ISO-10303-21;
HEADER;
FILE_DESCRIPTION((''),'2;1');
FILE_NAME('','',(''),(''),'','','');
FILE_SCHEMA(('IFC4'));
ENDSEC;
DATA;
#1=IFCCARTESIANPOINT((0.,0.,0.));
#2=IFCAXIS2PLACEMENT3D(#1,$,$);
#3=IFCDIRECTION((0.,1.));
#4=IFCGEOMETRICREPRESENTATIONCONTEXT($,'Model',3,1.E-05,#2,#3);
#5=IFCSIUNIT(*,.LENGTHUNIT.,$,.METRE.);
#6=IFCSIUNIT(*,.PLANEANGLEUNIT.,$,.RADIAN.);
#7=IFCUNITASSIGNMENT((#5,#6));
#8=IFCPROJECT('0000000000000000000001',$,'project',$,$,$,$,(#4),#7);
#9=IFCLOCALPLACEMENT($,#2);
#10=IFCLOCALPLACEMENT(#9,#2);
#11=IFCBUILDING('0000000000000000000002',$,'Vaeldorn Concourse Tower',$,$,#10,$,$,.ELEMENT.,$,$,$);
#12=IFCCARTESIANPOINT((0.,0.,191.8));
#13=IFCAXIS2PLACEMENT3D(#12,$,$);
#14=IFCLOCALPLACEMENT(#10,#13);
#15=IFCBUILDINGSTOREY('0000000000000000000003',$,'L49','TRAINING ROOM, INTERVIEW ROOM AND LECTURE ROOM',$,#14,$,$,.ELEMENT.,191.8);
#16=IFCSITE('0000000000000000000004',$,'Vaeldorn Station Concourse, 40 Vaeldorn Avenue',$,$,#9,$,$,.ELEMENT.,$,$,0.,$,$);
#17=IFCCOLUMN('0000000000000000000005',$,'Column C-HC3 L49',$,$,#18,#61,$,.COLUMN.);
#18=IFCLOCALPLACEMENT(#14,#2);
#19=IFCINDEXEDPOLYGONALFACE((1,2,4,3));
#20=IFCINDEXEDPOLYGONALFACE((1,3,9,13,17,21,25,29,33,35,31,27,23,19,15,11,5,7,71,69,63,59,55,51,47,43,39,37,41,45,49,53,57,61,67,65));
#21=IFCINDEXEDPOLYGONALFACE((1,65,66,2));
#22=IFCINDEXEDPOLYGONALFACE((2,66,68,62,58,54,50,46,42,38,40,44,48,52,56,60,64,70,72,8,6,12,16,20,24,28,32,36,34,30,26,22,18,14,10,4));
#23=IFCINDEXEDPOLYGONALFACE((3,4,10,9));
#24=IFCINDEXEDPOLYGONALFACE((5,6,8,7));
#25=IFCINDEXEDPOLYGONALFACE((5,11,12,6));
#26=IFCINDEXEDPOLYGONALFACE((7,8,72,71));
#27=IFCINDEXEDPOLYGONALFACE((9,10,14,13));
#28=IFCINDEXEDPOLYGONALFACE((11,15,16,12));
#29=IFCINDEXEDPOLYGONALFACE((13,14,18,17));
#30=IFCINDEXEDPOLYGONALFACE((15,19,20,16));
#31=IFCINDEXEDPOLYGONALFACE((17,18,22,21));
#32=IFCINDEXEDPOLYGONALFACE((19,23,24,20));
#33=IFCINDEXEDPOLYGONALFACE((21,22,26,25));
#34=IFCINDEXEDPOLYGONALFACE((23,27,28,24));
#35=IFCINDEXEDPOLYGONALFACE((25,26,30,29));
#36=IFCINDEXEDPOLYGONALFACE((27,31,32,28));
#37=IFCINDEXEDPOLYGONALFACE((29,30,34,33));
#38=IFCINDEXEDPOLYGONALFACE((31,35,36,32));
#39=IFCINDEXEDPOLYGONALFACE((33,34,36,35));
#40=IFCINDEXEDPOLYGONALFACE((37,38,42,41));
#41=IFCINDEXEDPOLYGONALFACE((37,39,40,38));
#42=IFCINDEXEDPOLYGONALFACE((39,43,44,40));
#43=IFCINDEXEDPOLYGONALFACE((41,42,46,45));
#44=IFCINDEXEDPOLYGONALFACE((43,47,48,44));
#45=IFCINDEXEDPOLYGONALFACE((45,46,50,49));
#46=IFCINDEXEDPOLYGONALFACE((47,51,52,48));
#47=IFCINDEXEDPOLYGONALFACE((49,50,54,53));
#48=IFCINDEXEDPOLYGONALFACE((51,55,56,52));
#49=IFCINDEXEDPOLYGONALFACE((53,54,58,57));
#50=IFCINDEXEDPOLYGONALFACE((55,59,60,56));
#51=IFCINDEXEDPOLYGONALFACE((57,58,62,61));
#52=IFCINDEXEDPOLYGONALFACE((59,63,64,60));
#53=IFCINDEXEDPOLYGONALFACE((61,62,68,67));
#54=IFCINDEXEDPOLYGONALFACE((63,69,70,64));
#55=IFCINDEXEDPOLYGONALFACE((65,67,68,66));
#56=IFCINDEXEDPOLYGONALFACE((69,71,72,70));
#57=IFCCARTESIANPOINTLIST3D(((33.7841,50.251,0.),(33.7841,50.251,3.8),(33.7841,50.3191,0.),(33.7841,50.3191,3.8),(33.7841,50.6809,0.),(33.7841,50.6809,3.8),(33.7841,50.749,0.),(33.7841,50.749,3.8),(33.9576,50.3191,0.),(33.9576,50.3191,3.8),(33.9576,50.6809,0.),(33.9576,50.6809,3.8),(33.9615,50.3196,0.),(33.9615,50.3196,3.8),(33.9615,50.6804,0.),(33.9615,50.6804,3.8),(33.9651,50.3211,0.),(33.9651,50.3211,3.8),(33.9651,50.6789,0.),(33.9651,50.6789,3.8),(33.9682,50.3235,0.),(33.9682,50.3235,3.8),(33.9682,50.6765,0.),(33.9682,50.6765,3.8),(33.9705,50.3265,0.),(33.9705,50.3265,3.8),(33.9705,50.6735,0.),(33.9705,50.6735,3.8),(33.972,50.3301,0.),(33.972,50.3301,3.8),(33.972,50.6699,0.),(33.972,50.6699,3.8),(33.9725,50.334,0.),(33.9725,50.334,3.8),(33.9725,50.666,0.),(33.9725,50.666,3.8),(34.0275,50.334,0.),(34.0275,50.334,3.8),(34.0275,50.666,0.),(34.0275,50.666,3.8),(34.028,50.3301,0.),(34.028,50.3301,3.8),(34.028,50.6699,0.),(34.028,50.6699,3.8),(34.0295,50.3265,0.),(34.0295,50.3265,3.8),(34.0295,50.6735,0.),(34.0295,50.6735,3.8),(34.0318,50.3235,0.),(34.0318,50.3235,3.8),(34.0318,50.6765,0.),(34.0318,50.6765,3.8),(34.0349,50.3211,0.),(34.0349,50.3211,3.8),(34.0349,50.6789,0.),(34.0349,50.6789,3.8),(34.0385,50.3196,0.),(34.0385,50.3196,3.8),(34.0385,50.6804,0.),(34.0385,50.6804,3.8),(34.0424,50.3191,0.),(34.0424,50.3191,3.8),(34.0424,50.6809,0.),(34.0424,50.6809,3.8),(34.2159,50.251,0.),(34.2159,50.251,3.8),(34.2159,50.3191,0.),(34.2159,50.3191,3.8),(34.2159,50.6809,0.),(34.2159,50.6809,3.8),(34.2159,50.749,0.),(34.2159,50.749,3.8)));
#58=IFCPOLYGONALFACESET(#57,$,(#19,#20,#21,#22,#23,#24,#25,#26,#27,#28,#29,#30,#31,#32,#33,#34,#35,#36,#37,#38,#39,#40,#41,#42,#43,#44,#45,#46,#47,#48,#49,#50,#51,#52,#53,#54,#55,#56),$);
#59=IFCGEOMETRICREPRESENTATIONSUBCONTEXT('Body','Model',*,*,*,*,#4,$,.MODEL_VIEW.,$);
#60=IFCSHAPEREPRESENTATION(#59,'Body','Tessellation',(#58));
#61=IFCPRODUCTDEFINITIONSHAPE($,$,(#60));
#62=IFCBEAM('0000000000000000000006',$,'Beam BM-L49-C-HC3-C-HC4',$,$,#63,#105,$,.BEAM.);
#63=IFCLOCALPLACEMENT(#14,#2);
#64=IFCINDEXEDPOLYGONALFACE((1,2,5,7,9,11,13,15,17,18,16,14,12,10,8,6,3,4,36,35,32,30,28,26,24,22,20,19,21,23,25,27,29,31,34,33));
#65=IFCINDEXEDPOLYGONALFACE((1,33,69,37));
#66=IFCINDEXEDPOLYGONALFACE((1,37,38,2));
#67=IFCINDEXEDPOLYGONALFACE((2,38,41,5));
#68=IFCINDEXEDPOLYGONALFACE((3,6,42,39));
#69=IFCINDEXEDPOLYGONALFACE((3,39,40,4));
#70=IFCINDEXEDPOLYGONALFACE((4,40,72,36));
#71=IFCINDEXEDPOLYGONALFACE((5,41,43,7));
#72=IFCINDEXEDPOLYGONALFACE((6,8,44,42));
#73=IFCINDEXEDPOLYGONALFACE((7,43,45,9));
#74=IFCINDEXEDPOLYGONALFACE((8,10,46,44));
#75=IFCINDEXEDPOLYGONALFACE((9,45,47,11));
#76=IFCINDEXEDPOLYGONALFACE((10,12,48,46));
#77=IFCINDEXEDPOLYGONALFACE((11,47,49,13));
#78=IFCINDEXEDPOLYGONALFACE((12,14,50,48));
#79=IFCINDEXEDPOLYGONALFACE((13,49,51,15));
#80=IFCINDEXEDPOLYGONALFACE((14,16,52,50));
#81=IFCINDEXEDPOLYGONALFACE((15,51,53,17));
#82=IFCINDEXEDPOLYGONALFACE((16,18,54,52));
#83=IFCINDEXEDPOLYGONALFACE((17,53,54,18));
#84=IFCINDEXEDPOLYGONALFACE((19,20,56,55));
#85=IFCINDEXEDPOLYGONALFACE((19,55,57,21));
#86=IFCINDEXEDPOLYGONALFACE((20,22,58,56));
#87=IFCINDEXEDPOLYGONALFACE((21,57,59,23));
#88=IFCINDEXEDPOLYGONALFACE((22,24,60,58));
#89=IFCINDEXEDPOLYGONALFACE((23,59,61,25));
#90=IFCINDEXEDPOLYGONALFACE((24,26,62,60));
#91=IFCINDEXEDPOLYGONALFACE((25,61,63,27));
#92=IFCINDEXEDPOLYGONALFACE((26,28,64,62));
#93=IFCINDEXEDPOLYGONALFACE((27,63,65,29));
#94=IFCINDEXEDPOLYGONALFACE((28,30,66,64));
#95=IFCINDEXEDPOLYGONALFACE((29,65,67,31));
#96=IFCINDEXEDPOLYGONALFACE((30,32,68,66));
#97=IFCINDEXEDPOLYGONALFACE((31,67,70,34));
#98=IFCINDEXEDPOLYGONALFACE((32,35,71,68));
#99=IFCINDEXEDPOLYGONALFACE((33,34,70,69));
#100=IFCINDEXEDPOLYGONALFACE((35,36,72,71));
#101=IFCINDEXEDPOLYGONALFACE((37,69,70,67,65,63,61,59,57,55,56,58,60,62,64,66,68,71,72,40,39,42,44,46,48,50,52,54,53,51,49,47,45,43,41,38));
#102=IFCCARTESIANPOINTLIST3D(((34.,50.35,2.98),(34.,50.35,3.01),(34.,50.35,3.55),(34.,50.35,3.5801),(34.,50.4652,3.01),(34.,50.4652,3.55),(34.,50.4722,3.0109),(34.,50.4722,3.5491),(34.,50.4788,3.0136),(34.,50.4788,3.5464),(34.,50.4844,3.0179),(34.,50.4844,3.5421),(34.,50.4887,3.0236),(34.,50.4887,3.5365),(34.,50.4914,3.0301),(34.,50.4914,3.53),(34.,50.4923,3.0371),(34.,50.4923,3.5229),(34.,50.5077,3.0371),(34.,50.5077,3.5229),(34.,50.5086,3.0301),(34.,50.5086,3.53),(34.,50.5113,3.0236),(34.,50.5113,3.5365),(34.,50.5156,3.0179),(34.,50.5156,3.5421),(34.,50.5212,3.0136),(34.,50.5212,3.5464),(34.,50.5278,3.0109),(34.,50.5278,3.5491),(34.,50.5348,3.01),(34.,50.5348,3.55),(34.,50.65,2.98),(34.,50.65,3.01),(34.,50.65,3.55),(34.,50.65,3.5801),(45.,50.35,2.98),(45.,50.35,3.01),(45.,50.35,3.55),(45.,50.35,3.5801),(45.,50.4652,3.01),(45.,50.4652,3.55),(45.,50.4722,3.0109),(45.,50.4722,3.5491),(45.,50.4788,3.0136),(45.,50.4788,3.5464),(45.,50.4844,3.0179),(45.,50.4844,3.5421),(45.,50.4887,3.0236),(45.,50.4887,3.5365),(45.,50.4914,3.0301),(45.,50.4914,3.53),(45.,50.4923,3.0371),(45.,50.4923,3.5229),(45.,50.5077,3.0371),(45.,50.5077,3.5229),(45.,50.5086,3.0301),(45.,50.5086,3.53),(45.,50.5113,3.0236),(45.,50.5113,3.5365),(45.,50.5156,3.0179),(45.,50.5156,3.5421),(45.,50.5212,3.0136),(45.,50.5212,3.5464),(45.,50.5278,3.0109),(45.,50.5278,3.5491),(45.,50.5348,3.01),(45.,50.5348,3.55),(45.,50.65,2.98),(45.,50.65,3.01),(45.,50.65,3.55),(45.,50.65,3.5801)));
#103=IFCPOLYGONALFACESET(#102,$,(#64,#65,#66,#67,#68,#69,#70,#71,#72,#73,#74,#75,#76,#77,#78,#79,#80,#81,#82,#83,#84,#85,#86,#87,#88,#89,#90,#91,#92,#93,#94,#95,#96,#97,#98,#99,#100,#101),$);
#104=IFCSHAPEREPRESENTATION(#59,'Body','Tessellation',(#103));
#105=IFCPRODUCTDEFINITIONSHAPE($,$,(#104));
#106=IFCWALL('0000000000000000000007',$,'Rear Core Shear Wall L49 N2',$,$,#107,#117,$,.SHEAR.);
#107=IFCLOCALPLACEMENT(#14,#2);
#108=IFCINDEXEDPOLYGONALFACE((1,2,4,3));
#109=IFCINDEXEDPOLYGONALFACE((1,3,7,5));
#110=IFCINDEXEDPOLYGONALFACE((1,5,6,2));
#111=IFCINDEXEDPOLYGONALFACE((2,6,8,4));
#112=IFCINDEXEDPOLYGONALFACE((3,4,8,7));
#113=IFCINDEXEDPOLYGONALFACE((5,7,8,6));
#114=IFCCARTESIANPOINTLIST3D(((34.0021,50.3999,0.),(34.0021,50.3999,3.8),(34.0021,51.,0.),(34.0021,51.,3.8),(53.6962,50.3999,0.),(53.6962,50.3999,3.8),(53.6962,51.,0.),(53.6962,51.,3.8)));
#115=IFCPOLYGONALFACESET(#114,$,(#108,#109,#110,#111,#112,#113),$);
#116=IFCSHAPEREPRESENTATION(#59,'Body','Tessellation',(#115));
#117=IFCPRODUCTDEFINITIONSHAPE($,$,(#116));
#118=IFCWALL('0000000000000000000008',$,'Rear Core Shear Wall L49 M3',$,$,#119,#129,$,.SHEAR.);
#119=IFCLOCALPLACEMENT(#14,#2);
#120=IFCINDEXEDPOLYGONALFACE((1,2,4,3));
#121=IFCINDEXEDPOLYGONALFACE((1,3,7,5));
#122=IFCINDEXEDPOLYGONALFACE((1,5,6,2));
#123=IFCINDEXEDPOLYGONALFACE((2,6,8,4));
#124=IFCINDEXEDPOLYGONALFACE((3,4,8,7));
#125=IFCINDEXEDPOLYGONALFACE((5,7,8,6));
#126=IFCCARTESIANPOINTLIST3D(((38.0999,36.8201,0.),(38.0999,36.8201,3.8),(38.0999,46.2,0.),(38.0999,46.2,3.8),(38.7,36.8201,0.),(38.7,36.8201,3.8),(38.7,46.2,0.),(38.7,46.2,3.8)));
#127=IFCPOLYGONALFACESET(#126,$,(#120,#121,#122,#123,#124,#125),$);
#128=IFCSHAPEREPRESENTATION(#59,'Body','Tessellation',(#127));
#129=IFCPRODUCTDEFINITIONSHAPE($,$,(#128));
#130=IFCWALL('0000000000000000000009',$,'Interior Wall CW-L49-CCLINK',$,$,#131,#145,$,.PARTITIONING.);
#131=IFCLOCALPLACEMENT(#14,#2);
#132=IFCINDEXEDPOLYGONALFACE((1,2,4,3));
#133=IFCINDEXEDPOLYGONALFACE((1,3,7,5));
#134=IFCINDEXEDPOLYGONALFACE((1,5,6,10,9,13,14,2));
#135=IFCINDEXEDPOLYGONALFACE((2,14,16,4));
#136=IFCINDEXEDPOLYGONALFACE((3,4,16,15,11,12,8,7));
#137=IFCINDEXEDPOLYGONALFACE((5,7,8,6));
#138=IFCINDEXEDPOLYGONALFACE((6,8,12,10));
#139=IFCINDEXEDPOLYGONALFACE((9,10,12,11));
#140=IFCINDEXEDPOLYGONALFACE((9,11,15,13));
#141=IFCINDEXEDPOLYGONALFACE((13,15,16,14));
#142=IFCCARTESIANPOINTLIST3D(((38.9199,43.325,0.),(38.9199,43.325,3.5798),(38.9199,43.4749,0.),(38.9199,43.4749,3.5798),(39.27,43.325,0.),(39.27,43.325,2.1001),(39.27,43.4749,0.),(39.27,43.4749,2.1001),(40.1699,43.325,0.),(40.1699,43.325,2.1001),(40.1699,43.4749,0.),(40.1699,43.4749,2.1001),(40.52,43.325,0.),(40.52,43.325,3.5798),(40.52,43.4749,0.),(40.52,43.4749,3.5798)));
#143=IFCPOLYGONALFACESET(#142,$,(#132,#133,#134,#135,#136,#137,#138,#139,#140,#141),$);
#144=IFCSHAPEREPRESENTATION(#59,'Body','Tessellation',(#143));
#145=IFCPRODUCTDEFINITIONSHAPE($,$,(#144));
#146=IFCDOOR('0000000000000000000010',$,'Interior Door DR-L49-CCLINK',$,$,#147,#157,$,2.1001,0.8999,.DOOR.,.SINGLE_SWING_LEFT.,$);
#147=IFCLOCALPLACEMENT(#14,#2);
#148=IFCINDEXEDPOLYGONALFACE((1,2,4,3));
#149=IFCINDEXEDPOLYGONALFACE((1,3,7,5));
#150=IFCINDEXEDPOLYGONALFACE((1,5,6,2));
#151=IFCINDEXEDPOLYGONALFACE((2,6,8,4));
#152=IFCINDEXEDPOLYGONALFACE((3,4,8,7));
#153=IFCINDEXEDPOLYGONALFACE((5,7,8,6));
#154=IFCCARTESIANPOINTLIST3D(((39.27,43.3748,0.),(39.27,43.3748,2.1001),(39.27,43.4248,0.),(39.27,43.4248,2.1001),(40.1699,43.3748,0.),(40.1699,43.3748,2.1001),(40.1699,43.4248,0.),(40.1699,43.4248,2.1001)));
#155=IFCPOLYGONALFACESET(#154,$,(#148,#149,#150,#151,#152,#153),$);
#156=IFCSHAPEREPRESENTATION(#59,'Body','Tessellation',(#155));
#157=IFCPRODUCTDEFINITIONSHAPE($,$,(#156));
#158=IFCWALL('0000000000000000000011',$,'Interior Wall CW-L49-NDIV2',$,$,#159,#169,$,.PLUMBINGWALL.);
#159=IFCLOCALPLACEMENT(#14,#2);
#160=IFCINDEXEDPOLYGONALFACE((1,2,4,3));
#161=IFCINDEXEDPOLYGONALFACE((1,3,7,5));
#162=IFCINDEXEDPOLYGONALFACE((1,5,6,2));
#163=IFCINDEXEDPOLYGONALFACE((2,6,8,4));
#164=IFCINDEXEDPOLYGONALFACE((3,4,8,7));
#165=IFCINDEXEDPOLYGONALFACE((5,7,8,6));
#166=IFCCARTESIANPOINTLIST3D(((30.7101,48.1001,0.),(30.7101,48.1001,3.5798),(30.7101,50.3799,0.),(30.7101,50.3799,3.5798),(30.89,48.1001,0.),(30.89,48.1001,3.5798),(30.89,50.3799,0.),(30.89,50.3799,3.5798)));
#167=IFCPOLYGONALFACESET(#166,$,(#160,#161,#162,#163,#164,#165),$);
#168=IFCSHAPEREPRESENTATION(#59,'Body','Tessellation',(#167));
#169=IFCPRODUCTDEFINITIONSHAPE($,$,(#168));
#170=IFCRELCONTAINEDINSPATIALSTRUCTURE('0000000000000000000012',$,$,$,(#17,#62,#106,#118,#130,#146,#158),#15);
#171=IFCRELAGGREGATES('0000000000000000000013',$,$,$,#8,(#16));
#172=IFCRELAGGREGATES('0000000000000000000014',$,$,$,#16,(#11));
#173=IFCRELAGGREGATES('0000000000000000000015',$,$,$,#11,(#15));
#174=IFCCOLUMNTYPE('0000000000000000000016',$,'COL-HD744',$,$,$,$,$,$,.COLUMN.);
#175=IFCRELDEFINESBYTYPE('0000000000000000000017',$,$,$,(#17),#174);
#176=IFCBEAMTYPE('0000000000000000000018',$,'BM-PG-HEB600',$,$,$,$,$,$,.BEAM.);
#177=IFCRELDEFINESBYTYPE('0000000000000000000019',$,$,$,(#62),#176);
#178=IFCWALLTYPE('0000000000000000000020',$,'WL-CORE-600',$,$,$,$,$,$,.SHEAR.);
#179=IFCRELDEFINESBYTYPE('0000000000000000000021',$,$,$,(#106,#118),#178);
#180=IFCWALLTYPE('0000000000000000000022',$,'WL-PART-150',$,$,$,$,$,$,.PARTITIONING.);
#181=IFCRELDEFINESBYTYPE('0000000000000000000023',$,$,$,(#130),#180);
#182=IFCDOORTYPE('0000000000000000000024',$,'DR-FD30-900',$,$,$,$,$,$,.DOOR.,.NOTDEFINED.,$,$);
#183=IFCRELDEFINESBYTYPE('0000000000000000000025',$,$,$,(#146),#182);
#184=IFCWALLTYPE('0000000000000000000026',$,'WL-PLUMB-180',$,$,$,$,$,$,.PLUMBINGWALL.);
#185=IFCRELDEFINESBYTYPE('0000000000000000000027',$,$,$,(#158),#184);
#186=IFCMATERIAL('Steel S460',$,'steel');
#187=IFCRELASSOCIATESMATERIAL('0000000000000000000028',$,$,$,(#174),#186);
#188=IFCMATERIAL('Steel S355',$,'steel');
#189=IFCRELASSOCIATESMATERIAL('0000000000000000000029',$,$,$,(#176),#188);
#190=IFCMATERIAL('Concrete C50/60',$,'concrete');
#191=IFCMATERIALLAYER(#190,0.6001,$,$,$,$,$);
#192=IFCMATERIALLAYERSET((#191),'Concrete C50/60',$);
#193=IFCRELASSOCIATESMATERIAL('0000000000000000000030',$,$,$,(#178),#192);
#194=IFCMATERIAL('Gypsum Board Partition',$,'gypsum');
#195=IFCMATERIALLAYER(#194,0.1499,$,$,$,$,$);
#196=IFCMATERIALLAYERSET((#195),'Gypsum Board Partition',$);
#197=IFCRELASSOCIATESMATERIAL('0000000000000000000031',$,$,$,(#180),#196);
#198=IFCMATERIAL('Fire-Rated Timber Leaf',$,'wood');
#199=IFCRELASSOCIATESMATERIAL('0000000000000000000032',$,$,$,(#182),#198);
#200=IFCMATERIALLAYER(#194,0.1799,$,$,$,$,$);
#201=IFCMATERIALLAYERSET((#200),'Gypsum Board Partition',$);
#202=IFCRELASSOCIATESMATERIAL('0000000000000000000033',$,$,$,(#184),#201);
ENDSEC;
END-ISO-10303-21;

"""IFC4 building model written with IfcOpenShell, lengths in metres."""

from ifc_helpers import new_model, si_unit, direction, frame, frame_2d, origin, origin_2d, place, context, subcontext, project, spatial, rectangle, i_section, extrude, source, transform, mapped, material, layer, layer_set, material_profile, profile_set, type_object, element, fill, save


model = new_model("IFC4")

# Units and contexts
model_context = context("Model", 3, precision=1e-05, world=origin(), true_north=direction((0.0, 1.0)))
body_context = subcontext(model_context, "Body", "Model", "MODEL_VIEW")
ifc_project = project(units=[si_unit("LENGTHUNIT", "METRE"), si_unit("PLANEANGLEUNIT", "RADIAN")], contexts=[model_context])

# Site, building, storey
site_placement = place(None, origin())
site = spatial("IfcSite", under=ifc_project, at=site_placement, Name="Vaeldorn Station Concourse, 40 Vaeldorn Avenue", CompositionType="ELEMENT", RefElevation=0.0)
building_placement = place(site_placement, origin())
building = spatial("IfcBuilding", under=site, at=building_placement, Name="Vaeldorn Concourse Tower", CompositionType="ELEMENT")
storey_placement = place(building_placement, frame((0.0, 0.0, 191.8)))
storey = spatial("IfcBuildingStorey", under=building, at=storey_placement, Name="L49", Description="TRAINING ROOM, INTERVIEW ROOM AND LECTURE ROOM", CompositionType="ELEMENT", Elevation=191.8)

# Column
ifc_material_1 = material(Name="Steel S460", Category="steel")
ifc_material_profile_1 = material_profile(ifc_material_1, i_section(OverallWidth=0.4319, OverallDepth=0.498, WebThickness=0.0549, FlangeThickness=0.0681, FilletRadius=0.0149, at=origin_2d()), Name="HD 400x744")
ifc_profile_set_1 = profile_set([ifc_material_profile_1], Name="Steel S460")
column_type = type_object("IfcColumnType", Name="COL-HD744", PredefinedType="COLUMN", material=ifc_profile_set_1)
shared_shape_1 = source(origin(), body_context, "Body", "SweptSolid", [
    extrude(i_section(OverallWidth=0.4319, OverallDepth=0.498, WebThickness=0.0549, FlangeThickness=0.0681, FilletRadius=0.0149, at=origin_2d()), origin(), (0.0, 0.0, 1.0), 3.8),
])
column_placement = place(storey_placement, frame((34.0, 50.5, 0.0), z_axis=(0.0, 0.0, 1.0), x_axis=(1.0, 0.0, 0.0)))
element("IfcColumn", 1, at=column_placement, inside=storey, type_object=column_type, Name="Column C-HC3 L49", PredefinedType="COLUMN", context=body_context, shape_type="MappedRepresentation", body=[
    mapped(shared_shape_1, transform((0.0, 0.0, 0.0), scale=1.0)),
])

# Beam
ifc_material_2 = material(Name="Steel S355", Category="steel")
ifc_material_profile_2 = material_profile(ifc_material_2, i_section(OverallWidth=0.3, OverallDepth=0.6001, WebThickness=0.0154, FlangeThickness=0.03, FilletRadius=0.0271, at=origin_2d()), Name="HEB 600")
ifc_profile_set_2 = profile_set([ifc_material_profile_2], Name="Steel S355")
beam_type = type_object("IfcBeamType", Name="BM-PG-HEB600", PredefinedType="BEAM", material=ifc_profile_set_2)
shared_shape_2 = source(origin(), body_context, "Body", "SweptSolid", [
    extrude(i_section(OverallWidth=0.3, OverallDepth=0.6001, WebThickness=0.0154, FlangeThickness=0.03, FilletRadius=0.0271, at=origin_2d()), origin(), (0.0, 0.0, 1.0), 11.0),
])
beam_placement = place(storey_placement, frame((34.0, 50.5, 3.28), z_axis=(1.0, 0.0, 0.0), x_axis=(0.0, 1.0, 0.0)))
element("IfcBeam", 2, at=beam_placement, inside=storey, type_object=beam_type, Name="Beam BM-L49-C-HC3-C-HC4", PredefinedType="BEAM", context=body_context, shape_type="MappedRepresentation", body=[
    mapped(shared_shape_2, transform((0.0, 0.0, 0.0), scale=1.0)),
])

# Walls
ifc_material_3 = material(Name="Concrete C50/60", Category="concrete")
ifc_layer_1 = layer(ifc_material_3, 0.6001)
ifc_layer_set_1 = layer_set([ifc_layer_1], Name="Concrete C50/60")
wall_type_1 = type_object("IfcWallType", Name="WL-CORE-600", PredefinedType="SHEAR", material=ifc_layer_set_1)
wall_1_placement = place(storey_placement, frame((34.002, 50.7, 0.0), z_axis=(0.0, 0.0, 1.0), x_axis=(1.0, 0.0, 0.0)))
element("IfcWall", 3, at=wall_1_placement, inside=storey, type_object=wall_type_1, Name="Rear Core Shear Wall L49 N2", PredefinedType="SHEAR", context=body_context, shape_type="SweptSolid", body=[
    extrude(rectangle(XDim=19.6941, YDim=0.6001, at=frame_2d((9.8472, 0.0))), origin(), (0.0, 0.0, 1.0), 3.8),
])
wall_2_placement = place(storey_placement, frame((38.3999, 36.8201, 0.0), z_axis=(0.0, 0.0, 1.0), x_axis=(0.0, 1.0, 0.0)))
element("IfcWall", 4, at=wall_2_placement, inside=storey, type_object=wall_type_1, Name="Rear Core Shear Wall L49 M3", PredefinedType="SHEAR", context=body_context, shape_type="SweptSolid", body=[
    extrude(rectangle(XDim=9.3799, YDim=0.6001, at=frame_2d((4.6899, 0.0))), origin(), (0.0, 0.0, 1.0), 3.8),
])

# Wall, opening, door
ifc_material_4 = material(Name="Gypsum Board Partition", Category="gypsum")
ifc_layer_2 = layer(ifc_material_4, 0.1499)
ifc_layer_set_2 = layer_set([ifc_layer_2], Name="Gypsum Board Partition")
wall_type_2 = type_object("IfcWallType", Name="WL-PART-150", PredefinedType="PARTITIONING", material=ifc_layer_set_2)
wall_3_placement = place(storey_placement, frame((38.9199, 43.3999, 0.0), z_axis=(0.0, 0.0, 1.0), x_axis=(1.0, 0.0, 0.0)))
wall_3 = element("IfcWall", 5, at=wall_3_placement, inside=storey, type_object=wall_type_2, Name="Interior Wall CW-L49-CCLINK", PredefinedType="PARTITIONING", context=body_context, shape_type="SweptSolid", body=[
    extrude(rectangle(XDim=1.6001, YDim=0.1499, at=frame_2d((0.8, 0.0))), origin(), (0.0, 0.0, 1.0), 3.5798),
])
opening_1_placement = place(wall_3_placement, frame((0.3501, 0.0, 0.0)))
opening_1 = element("IfcOpeningElement", 6, at=opening_1_placement, cuts=wall_3, PredefinedType="OPENING", context=body_context, shape_type="SweptSolid", body=[
    extrude(rectangle(XDim=0.8999, YDim=2.1001, at=frame_2d((0.45, 1.05))), frame((0.0, 0.085, 0.0), z_axis=(0.0, -1.0, 0.0), x_axis=(1.0, 0.0, 0.0)), (0.0, 0.0, 1.0), 0.1699),
])
ifc_material_5 = material(Name="Fire-Rated Timber Leaf", Category="wood")
door_type_1 = type_object("IfcDoorType", Name="DR-FD30-900", OperationType="NOTDEFINED", PredefinedType="DOOR", material=ifc_material_5)
shared_shape_3 = source(origin(), body_context, "Body", "SweptSolid", [
    extrude(rectangle(XDim=0.8999, YDim=2.1001, at=frame_2d((0.45, 1.05))), frame((0.0, 0.0249, 0.0), z_axis=(0.0, -1.0, 0.0), x_axis=(1.0, 0.0, 0.0)), (0.0, 0.0, 1.0), 0.05),
])
door_1_placement = place(opening_1_placement, origin())
door_1 = element("IfcDoor", 7, at=door_1_placement, inside=storey, type_object=door_type_1, Name="Interior Door DR-L49-CCLINK", OperationType="SINGLE_SWING_LEFT", OverallHeight=2.1001, OverallWidth=0.8999, PredefinedType="DOOR", context=body_context, shape_type="MappedRepresentation", body=[
    mapped(shared_shape_3, transform((0.0, 0.0, 0.0), scale=1.0)),
])
fill(opening_1, door_1)

# Wall
ifc_layer_3 = layer(ifc_material_4, 0.1799)
ifc_layer_set_3 = layer_set([ifc_layer_3], Name="Gypsum Board Partition")
wall_type_3 = type_object("IfcWallType", Name="WL-PLUMB-180", PredefinedType="PLUMBINGWALL", material=ifc_layer_set_3)
wall_4_placement = place(storey_placement, frame((30.8, 48.1001, 0.0), z_axis=(0.0, 0.0, 1.0), x_axis=(0.0, 1.0, 0.0)))
element("IfcWall", 8, at=wall_4_placement, inside=storey, type_object=wall_type_3, Name="Interior Wall CW-L49-NDIV2", PredefinedType="PLUMBINGWALL", context=body_context, shape_type="SweptSolid", body=[
    extrude(rectangle(XDim=2.2798, YDim=0.1799, at=frame_2d((1.1399, 0.0))), origin(), (0.0, 0.0, 1.0), 3.5798),
])

save(model, "model.ifc")
